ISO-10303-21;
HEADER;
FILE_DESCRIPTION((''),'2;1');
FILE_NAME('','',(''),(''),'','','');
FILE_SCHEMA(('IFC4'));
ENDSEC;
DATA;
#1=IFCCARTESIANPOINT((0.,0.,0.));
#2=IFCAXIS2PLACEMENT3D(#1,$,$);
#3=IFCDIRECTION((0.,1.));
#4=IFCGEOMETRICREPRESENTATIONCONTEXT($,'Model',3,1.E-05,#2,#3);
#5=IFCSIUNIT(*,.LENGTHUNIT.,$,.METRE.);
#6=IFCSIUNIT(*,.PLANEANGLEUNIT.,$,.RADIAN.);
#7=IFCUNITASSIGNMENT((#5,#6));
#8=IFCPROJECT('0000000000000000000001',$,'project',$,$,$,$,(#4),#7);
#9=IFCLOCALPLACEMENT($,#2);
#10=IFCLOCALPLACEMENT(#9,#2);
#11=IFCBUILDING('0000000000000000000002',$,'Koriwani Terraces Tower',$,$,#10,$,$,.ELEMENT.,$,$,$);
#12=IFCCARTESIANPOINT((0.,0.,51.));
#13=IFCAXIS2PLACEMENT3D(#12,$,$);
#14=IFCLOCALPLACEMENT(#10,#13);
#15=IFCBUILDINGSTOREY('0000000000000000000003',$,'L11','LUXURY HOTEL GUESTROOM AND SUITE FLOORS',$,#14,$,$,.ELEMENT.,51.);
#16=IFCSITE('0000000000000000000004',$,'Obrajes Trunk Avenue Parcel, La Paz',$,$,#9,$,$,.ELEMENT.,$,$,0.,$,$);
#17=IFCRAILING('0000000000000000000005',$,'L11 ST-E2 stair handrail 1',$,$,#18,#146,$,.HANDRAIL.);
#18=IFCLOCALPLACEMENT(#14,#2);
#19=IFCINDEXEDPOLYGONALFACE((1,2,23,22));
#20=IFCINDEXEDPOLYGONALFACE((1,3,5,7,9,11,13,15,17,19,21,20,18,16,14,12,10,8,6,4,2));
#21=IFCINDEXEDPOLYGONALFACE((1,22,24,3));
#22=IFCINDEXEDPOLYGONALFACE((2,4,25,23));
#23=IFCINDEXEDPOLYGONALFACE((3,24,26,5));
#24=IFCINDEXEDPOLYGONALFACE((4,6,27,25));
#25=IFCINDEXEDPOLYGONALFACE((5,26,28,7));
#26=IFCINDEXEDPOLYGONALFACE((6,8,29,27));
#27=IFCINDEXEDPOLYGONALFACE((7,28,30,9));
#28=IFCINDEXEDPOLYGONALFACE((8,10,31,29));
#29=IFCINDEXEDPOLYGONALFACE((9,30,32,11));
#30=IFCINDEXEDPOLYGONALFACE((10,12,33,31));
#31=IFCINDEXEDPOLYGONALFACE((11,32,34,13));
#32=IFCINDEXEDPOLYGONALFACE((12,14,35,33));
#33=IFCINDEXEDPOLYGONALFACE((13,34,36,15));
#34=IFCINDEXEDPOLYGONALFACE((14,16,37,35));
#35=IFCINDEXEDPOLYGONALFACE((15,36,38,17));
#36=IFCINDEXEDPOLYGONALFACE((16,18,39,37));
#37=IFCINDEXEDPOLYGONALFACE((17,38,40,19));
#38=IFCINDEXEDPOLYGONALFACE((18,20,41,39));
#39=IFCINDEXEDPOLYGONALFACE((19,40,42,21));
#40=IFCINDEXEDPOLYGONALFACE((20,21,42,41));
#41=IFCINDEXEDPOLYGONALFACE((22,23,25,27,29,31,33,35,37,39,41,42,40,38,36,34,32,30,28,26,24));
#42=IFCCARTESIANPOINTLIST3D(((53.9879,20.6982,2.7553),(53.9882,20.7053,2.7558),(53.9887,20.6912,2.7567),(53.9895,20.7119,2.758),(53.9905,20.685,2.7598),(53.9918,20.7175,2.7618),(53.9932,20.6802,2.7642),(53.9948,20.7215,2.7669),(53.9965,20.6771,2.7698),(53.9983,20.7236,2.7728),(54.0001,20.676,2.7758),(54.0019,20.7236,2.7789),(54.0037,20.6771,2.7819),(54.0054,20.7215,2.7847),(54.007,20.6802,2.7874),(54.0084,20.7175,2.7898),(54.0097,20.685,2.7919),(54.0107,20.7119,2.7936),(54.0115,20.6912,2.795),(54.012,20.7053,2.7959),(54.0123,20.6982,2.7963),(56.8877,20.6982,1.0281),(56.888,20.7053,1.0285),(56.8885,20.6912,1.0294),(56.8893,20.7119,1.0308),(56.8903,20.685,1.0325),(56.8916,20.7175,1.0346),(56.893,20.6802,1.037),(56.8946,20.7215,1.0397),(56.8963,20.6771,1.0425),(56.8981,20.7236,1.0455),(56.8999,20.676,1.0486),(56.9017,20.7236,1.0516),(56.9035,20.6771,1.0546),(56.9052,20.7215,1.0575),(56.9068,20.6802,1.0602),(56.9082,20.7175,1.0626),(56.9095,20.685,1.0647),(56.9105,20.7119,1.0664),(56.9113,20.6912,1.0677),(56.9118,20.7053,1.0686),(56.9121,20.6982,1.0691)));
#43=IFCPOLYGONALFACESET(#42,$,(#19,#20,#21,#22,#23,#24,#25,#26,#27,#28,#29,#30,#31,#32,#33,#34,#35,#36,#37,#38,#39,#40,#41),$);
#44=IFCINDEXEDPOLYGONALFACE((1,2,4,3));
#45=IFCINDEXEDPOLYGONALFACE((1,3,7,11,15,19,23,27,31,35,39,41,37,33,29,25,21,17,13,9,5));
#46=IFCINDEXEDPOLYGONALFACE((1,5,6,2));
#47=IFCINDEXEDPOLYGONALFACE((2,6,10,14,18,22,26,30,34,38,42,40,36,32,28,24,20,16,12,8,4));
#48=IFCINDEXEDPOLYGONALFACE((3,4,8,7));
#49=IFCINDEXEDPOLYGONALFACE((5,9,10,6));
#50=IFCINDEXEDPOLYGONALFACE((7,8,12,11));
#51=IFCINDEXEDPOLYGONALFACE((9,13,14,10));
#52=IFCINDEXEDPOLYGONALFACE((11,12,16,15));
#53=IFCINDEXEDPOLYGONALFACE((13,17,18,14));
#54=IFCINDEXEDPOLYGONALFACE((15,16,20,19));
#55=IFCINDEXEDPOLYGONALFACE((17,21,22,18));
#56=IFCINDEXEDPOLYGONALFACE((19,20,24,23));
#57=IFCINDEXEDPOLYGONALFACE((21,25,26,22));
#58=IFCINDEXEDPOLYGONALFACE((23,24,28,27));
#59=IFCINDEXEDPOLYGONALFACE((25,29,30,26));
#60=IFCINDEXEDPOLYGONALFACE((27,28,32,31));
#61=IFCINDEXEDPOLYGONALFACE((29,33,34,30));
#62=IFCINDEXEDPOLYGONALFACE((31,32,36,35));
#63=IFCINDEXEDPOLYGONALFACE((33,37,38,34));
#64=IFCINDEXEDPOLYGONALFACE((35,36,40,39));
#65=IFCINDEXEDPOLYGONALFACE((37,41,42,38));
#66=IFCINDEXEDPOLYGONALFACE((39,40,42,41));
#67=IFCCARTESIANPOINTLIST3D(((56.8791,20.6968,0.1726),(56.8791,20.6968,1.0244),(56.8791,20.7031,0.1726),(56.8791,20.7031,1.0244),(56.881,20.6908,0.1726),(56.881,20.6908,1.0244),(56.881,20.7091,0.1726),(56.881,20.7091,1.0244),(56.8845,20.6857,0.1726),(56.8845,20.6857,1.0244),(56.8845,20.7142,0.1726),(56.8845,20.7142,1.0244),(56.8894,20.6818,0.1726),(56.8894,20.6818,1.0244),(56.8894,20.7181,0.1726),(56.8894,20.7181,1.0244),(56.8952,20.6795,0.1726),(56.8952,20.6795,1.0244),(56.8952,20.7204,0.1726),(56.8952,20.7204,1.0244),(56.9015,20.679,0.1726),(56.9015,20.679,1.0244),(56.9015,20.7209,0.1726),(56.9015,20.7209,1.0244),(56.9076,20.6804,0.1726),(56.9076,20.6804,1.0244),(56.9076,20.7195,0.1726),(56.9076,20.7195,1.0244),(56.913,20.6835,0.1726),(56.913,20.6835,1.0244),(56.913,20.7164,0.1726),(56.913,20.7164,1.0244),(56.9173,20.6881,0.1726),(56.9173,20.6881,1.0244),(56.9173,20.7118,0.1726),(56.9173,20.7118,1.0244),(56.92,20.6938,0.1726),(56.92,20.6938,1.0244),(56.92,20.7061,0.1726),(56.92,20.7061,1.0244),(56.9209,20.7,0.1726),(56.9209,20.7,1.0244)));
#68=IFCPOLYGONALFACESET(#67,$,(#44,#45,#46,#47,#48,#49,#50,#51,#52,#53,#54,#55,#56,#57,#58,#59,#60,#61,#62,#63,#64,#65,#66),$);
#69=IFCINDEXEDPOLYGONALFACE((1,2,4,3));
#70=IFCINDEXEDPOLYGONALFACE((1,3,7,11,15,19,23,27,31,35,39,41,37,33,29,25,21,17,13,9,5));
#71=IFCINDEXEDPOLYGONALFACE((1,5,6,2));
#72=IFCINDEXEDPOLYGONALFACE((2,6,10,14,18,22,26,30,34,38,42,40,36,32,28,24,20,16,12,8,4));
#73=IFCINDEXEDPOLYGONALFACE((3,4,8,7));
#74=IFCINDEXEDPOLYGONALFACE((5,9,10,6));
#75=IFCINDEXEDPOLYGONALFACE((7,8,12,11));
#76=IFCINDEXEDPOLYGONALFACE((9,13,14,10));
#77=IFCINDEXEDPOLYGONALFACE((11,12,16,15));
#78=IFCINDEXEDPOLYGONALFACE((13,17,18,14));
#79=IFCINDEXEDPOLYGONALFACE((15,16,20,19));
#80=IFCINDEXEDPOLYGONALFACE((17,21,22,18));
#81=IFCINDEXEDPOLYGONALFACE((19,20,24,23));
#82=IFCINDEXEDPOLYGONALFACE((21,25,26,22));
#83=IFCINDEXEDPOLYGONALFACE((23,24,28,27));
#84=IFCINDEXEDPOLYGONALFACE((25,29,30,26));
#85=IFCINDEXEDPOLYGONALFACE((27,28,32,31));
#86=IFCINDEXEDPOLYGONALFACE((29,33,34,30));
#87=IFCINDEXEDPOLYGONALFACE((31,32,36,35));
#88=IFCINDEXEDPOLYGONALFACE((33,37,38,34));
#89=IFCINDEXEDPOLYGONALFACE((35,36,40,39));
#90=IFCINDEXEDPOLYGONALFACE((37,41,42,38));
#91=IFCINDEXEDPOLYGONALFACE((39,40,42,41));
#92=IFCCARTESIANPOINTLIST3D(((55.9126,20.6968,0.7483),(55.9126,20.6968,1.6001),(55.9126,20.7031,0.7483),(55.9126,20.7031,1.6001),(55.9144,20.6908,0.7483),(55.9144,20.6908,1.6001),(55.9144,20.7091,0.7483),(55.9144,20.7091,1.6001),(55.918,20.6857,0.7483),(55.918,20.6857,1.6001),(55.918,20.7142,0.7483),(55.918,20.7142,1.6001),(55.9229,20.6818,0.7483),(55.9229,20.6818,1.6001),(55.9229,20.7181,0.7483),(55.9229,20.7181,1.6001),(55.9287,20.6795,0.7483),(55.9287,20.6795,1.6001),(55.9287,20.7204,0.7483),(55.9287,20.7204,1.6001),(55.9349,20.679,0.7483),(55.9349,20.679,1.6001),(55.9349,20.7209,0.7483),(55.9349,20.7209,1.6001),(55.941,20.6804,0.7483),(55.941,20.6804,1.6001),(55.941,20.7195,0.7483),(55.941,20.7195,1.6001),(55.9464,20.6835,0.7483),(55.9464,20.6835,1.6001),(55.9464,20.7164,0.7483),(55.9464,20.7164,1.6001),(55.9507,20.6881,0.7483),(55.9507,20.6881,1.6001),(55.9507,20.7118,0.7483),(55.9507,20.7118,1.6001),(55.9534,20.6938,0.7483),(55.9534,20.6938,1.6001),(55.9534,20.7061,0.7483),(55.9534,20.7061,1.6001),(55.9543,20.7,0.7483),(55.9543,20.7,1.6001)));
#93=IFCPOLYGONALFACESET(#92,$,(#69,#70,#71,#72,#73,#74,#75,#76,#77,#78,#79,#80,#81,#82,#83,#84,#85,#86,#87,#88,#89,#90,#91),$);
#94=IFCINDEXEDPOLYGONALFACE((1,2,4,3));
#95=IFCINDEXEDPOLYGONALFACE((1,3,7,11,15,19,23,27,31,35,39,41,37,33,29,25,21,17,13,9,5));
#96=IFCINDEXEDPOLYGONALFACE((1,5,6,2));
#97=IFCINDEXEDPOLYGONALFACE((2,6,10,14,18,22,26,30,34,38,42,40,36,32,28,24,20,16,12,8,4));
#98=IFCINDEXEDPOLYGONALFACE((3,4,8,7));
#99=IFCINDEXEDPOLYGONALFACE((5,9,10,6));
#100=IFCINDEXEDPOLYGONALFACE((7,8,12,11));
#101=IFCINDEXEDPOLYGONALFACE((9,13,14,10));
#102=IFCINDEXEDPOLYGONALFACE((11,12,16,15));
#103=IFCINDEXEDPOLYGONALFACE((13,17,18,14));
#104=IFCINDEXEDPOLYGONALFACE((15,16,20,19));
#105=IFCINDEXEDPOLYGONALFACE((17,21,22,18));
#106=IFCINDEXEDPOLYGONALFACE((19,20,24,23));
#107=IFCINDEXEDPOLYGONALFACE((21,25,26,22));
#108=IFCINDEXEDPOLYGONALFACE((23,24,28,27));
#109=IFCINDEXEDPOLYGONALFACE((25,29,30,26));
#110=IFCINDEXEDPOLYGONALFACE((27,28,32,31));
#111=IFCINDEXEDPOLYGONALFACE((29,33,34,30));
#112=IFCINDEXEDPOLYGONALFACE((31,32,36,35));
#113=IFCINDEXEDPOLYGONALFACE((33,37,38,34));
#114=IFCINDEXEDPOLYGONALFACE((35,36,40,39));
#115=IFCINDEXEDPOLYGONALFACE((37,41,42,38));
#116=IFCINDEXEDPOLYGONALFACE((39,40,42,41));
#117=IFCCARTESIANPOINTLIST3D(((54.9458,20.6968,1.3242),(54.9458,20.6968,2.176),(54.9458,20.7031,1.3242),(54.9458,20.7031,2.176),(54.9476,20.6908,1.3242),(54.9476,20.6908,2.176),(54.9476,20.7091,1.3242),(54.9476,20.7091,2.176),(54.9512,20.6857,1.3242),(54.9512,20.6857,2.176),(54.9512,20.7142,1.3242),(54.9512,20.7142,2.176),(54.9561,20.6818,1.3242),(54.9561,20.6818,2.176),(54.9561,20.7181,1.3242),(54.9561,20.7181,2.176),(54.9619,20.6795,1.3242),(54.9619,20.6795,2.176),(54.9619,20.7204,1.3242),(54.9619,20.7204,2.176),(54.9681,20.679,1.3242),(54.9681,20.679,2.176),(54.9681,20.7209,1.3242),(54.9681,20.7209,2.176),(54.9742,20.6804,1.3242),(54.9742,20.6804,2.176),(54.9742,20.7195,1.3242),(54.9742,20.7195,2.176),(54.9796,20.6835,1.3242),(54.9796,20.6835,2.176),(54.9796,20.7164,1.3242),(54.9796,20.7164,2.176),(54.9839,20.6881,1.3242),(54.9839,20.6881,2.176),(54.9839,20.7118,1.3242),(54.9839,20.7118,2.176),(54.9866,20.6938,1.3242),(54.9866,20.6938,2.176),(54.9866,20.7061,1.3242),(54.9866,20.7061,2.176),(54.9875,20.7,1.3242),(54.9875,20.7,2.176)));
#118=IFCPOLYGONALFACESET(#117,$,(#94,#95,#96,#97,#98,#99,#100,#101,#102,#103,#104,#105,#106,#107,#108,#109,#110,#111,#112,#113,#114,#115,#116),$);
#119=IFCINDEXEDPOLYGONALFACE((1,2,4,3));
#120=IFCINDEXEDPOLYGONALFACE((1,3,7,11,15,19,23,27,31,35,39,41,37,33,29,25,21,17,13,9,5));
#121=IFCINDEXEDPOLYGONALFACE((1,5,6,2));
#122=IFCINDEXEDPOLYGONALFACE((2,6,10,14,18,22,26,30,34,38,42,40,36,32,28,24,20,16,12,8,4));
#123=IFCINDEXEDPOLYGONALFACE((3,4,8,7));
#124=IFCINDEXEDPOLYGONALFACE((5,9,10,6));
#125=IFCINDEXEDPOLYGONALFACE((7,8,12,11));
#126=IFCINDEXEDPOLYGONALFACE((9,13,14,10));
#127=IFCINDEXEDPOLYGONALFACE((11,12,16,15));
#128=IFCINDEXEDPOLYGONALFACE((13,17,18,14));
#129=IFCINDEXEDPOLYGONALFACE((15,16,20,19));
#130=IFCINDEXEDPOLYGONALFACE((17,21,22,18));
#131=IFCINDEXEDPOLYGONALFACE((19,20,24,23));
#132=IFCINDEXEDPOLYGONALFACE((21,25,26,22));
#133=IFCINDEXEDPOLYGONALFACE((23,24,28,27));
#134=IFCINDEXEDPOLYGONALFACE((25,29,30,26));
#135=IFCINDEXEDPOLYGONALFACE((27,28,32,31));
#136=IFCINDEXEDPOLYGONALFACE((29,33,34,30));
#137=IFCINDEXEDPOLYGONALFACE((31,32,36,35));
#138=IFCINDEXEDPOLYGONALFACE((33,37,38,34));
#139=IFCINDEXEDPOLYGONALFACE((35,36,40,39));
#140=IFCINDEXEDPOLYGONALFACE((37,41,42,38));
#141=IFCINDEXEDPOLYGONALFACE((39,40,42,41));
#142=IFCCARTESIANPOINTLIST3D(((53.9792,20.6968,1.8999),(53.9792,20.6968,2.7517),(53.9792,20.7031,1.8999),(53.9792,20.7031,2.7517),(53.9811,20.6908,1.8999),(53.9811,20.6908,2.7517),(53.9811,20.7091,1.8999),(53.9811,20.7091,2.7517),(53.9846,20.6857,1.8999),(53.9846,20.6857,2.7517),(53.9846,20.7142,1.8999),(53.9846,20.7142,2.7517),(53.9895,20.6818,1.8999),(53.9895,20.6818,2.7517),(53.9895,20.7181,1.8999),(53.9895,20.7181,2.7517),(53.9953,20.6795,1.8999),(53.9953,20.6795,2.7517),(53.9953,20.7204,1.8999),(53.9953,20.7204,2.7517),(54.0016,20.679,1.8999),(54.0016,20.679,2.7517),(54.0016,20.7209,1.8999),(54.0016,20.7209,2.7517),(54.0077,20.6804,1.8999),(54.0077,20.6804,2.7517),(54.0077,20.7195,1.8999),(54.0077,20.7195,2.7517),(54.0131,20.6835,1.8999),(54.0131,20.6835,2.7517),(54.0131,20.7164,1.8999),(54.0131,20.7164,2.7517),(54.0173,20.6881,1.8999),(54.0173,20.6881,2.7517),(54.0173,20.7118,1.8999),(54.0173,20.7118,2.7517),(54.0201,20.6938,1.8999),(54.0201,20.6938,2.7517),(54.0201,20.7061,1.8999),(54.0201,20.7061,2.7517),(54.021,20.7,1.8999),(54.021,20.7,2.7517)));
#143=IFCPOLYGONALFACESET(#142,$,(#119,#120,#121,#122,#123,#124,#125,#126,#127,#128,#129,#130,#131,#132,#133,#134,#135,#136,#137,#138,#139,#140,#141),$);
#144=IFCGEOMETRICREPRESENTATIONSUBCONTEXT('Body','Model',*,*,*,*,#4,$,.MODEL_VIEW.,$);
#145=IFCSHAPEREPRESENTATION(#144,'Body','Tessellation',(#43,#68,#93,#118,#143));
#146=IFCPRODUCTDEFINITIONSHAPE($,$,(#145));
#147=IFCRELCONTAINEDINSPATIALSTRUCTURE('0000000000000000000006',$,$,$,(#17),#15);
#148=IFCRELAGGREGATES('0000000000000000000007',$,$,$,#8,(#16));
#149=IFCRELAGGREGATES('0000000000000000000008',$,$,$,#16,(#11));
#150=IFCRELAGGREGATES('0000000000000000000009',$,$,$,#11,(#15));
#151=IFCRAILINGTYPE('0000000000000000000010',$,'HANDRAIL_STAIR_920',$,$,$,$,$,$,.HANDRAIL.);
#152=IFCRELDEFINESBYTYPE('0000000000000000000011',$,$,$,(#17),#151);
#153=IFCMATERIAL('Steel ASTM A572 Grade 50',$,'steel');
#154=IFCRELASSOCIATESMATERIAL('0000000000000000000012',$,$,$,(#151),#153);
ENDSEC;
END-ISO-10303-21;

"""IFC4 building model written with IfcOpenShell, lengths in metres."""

from ifc_helpers import new_model, si_unit, direction, frame, origin, origin_2d, place, context, subcontext, project, spatial, circle, extrude, material, type_object, element, save


model = new_model("IFC4")

# Units and contexts
model_context = context("Model", 3, precision=1e-05, world=origin(), true_north=direction((0.0, 1.0)))
body_context = subcontext(model_context, "Body", "Model", "MODEL_VIEW")
ifc_project = project(units=[si_unit("LENGTHUNIT", "METRE"), si_unit("PLANEANGLEUNIT", "RADIAN")], contexts=[model_context])

# Site, building, storey
site_placement = place(None, origin())
site = spatial("IfcSite", under=ifc_project, at=site_placement, Name="Obrajes Trunk Avenue Parcel, La Paz", CompositionType="ELEMENT", RefElevation=0.0)
building_placement = place(site_placement, origin())
building = spatial("IfcBuilding", under=site, at=building_placement, Name="Koriwani Terraces Tower", CompositionType="ELEMENT")
storey_placement = place(building_placement, frame((0.0, 0.0, 51.0)))
storey = spatial("IfcBuildingStorey", under=building, at=storey_placement, Name="L11", Description="LUXURY HOTEL GUESTROOM AND SUITE FLOORS", CompositionType="ELEMENT", Elevation=51.0)

# Shared definitions
ifc_material_1 = material(Name="Steel ASTM A572 Grade 50", Category="steel")

# Railing
railing_type_1 = type_object("IfcRailingType", Name="HANDRAIL_STAIR_920", PredefinedType="HANDRAIL", material=ifc_material_1)
railing_1_placement = place(storey_placement, frame((56.8999, 20.7, 0.1726)))
element("IfcRailing", 1, at=railing_1_placement, inside=storey, type_object=railing_type_1, Name="L11 ST-E2 stair handrail 1", PredefinedType="HANDRAIL", context=body_context, shape_type="SweptSolid", body=[
    extrude(circle(Radius=0.0239, at=origin_2d()), frame((0.0, 0.0, 0.876), z_axis=(-0.859141, 0.0, 0.511738), x_axis=(0.0, -1.0, 0.0)), (0.0, 0.0, 1.0), 3.3752),
    extrude(circle(Radius=0.021, at=origin_2d()), origin(), (0.0, 0.0, 1.0), 0.8518),
    extrude(circle(Radius=0.021, at=origin_2d()), frame((-0.9666, 0.0, 0.5757)), (0.0, 0.0, 1.0), 0.8518),
    extrude(circle(Radius=0.021, at=origin_2d()), frame((-1.9333, 0.0, 1.1516)), (0.0, 0.0, 1.0), 0.8518),
    extrude(circle(Radius=0.021, at=origin_2d()), frame((-2.8999, 0.0, 1.7273)), (0.0, 0.0, 1.0), 0.8518),
])

save(model, "model.ifc")
